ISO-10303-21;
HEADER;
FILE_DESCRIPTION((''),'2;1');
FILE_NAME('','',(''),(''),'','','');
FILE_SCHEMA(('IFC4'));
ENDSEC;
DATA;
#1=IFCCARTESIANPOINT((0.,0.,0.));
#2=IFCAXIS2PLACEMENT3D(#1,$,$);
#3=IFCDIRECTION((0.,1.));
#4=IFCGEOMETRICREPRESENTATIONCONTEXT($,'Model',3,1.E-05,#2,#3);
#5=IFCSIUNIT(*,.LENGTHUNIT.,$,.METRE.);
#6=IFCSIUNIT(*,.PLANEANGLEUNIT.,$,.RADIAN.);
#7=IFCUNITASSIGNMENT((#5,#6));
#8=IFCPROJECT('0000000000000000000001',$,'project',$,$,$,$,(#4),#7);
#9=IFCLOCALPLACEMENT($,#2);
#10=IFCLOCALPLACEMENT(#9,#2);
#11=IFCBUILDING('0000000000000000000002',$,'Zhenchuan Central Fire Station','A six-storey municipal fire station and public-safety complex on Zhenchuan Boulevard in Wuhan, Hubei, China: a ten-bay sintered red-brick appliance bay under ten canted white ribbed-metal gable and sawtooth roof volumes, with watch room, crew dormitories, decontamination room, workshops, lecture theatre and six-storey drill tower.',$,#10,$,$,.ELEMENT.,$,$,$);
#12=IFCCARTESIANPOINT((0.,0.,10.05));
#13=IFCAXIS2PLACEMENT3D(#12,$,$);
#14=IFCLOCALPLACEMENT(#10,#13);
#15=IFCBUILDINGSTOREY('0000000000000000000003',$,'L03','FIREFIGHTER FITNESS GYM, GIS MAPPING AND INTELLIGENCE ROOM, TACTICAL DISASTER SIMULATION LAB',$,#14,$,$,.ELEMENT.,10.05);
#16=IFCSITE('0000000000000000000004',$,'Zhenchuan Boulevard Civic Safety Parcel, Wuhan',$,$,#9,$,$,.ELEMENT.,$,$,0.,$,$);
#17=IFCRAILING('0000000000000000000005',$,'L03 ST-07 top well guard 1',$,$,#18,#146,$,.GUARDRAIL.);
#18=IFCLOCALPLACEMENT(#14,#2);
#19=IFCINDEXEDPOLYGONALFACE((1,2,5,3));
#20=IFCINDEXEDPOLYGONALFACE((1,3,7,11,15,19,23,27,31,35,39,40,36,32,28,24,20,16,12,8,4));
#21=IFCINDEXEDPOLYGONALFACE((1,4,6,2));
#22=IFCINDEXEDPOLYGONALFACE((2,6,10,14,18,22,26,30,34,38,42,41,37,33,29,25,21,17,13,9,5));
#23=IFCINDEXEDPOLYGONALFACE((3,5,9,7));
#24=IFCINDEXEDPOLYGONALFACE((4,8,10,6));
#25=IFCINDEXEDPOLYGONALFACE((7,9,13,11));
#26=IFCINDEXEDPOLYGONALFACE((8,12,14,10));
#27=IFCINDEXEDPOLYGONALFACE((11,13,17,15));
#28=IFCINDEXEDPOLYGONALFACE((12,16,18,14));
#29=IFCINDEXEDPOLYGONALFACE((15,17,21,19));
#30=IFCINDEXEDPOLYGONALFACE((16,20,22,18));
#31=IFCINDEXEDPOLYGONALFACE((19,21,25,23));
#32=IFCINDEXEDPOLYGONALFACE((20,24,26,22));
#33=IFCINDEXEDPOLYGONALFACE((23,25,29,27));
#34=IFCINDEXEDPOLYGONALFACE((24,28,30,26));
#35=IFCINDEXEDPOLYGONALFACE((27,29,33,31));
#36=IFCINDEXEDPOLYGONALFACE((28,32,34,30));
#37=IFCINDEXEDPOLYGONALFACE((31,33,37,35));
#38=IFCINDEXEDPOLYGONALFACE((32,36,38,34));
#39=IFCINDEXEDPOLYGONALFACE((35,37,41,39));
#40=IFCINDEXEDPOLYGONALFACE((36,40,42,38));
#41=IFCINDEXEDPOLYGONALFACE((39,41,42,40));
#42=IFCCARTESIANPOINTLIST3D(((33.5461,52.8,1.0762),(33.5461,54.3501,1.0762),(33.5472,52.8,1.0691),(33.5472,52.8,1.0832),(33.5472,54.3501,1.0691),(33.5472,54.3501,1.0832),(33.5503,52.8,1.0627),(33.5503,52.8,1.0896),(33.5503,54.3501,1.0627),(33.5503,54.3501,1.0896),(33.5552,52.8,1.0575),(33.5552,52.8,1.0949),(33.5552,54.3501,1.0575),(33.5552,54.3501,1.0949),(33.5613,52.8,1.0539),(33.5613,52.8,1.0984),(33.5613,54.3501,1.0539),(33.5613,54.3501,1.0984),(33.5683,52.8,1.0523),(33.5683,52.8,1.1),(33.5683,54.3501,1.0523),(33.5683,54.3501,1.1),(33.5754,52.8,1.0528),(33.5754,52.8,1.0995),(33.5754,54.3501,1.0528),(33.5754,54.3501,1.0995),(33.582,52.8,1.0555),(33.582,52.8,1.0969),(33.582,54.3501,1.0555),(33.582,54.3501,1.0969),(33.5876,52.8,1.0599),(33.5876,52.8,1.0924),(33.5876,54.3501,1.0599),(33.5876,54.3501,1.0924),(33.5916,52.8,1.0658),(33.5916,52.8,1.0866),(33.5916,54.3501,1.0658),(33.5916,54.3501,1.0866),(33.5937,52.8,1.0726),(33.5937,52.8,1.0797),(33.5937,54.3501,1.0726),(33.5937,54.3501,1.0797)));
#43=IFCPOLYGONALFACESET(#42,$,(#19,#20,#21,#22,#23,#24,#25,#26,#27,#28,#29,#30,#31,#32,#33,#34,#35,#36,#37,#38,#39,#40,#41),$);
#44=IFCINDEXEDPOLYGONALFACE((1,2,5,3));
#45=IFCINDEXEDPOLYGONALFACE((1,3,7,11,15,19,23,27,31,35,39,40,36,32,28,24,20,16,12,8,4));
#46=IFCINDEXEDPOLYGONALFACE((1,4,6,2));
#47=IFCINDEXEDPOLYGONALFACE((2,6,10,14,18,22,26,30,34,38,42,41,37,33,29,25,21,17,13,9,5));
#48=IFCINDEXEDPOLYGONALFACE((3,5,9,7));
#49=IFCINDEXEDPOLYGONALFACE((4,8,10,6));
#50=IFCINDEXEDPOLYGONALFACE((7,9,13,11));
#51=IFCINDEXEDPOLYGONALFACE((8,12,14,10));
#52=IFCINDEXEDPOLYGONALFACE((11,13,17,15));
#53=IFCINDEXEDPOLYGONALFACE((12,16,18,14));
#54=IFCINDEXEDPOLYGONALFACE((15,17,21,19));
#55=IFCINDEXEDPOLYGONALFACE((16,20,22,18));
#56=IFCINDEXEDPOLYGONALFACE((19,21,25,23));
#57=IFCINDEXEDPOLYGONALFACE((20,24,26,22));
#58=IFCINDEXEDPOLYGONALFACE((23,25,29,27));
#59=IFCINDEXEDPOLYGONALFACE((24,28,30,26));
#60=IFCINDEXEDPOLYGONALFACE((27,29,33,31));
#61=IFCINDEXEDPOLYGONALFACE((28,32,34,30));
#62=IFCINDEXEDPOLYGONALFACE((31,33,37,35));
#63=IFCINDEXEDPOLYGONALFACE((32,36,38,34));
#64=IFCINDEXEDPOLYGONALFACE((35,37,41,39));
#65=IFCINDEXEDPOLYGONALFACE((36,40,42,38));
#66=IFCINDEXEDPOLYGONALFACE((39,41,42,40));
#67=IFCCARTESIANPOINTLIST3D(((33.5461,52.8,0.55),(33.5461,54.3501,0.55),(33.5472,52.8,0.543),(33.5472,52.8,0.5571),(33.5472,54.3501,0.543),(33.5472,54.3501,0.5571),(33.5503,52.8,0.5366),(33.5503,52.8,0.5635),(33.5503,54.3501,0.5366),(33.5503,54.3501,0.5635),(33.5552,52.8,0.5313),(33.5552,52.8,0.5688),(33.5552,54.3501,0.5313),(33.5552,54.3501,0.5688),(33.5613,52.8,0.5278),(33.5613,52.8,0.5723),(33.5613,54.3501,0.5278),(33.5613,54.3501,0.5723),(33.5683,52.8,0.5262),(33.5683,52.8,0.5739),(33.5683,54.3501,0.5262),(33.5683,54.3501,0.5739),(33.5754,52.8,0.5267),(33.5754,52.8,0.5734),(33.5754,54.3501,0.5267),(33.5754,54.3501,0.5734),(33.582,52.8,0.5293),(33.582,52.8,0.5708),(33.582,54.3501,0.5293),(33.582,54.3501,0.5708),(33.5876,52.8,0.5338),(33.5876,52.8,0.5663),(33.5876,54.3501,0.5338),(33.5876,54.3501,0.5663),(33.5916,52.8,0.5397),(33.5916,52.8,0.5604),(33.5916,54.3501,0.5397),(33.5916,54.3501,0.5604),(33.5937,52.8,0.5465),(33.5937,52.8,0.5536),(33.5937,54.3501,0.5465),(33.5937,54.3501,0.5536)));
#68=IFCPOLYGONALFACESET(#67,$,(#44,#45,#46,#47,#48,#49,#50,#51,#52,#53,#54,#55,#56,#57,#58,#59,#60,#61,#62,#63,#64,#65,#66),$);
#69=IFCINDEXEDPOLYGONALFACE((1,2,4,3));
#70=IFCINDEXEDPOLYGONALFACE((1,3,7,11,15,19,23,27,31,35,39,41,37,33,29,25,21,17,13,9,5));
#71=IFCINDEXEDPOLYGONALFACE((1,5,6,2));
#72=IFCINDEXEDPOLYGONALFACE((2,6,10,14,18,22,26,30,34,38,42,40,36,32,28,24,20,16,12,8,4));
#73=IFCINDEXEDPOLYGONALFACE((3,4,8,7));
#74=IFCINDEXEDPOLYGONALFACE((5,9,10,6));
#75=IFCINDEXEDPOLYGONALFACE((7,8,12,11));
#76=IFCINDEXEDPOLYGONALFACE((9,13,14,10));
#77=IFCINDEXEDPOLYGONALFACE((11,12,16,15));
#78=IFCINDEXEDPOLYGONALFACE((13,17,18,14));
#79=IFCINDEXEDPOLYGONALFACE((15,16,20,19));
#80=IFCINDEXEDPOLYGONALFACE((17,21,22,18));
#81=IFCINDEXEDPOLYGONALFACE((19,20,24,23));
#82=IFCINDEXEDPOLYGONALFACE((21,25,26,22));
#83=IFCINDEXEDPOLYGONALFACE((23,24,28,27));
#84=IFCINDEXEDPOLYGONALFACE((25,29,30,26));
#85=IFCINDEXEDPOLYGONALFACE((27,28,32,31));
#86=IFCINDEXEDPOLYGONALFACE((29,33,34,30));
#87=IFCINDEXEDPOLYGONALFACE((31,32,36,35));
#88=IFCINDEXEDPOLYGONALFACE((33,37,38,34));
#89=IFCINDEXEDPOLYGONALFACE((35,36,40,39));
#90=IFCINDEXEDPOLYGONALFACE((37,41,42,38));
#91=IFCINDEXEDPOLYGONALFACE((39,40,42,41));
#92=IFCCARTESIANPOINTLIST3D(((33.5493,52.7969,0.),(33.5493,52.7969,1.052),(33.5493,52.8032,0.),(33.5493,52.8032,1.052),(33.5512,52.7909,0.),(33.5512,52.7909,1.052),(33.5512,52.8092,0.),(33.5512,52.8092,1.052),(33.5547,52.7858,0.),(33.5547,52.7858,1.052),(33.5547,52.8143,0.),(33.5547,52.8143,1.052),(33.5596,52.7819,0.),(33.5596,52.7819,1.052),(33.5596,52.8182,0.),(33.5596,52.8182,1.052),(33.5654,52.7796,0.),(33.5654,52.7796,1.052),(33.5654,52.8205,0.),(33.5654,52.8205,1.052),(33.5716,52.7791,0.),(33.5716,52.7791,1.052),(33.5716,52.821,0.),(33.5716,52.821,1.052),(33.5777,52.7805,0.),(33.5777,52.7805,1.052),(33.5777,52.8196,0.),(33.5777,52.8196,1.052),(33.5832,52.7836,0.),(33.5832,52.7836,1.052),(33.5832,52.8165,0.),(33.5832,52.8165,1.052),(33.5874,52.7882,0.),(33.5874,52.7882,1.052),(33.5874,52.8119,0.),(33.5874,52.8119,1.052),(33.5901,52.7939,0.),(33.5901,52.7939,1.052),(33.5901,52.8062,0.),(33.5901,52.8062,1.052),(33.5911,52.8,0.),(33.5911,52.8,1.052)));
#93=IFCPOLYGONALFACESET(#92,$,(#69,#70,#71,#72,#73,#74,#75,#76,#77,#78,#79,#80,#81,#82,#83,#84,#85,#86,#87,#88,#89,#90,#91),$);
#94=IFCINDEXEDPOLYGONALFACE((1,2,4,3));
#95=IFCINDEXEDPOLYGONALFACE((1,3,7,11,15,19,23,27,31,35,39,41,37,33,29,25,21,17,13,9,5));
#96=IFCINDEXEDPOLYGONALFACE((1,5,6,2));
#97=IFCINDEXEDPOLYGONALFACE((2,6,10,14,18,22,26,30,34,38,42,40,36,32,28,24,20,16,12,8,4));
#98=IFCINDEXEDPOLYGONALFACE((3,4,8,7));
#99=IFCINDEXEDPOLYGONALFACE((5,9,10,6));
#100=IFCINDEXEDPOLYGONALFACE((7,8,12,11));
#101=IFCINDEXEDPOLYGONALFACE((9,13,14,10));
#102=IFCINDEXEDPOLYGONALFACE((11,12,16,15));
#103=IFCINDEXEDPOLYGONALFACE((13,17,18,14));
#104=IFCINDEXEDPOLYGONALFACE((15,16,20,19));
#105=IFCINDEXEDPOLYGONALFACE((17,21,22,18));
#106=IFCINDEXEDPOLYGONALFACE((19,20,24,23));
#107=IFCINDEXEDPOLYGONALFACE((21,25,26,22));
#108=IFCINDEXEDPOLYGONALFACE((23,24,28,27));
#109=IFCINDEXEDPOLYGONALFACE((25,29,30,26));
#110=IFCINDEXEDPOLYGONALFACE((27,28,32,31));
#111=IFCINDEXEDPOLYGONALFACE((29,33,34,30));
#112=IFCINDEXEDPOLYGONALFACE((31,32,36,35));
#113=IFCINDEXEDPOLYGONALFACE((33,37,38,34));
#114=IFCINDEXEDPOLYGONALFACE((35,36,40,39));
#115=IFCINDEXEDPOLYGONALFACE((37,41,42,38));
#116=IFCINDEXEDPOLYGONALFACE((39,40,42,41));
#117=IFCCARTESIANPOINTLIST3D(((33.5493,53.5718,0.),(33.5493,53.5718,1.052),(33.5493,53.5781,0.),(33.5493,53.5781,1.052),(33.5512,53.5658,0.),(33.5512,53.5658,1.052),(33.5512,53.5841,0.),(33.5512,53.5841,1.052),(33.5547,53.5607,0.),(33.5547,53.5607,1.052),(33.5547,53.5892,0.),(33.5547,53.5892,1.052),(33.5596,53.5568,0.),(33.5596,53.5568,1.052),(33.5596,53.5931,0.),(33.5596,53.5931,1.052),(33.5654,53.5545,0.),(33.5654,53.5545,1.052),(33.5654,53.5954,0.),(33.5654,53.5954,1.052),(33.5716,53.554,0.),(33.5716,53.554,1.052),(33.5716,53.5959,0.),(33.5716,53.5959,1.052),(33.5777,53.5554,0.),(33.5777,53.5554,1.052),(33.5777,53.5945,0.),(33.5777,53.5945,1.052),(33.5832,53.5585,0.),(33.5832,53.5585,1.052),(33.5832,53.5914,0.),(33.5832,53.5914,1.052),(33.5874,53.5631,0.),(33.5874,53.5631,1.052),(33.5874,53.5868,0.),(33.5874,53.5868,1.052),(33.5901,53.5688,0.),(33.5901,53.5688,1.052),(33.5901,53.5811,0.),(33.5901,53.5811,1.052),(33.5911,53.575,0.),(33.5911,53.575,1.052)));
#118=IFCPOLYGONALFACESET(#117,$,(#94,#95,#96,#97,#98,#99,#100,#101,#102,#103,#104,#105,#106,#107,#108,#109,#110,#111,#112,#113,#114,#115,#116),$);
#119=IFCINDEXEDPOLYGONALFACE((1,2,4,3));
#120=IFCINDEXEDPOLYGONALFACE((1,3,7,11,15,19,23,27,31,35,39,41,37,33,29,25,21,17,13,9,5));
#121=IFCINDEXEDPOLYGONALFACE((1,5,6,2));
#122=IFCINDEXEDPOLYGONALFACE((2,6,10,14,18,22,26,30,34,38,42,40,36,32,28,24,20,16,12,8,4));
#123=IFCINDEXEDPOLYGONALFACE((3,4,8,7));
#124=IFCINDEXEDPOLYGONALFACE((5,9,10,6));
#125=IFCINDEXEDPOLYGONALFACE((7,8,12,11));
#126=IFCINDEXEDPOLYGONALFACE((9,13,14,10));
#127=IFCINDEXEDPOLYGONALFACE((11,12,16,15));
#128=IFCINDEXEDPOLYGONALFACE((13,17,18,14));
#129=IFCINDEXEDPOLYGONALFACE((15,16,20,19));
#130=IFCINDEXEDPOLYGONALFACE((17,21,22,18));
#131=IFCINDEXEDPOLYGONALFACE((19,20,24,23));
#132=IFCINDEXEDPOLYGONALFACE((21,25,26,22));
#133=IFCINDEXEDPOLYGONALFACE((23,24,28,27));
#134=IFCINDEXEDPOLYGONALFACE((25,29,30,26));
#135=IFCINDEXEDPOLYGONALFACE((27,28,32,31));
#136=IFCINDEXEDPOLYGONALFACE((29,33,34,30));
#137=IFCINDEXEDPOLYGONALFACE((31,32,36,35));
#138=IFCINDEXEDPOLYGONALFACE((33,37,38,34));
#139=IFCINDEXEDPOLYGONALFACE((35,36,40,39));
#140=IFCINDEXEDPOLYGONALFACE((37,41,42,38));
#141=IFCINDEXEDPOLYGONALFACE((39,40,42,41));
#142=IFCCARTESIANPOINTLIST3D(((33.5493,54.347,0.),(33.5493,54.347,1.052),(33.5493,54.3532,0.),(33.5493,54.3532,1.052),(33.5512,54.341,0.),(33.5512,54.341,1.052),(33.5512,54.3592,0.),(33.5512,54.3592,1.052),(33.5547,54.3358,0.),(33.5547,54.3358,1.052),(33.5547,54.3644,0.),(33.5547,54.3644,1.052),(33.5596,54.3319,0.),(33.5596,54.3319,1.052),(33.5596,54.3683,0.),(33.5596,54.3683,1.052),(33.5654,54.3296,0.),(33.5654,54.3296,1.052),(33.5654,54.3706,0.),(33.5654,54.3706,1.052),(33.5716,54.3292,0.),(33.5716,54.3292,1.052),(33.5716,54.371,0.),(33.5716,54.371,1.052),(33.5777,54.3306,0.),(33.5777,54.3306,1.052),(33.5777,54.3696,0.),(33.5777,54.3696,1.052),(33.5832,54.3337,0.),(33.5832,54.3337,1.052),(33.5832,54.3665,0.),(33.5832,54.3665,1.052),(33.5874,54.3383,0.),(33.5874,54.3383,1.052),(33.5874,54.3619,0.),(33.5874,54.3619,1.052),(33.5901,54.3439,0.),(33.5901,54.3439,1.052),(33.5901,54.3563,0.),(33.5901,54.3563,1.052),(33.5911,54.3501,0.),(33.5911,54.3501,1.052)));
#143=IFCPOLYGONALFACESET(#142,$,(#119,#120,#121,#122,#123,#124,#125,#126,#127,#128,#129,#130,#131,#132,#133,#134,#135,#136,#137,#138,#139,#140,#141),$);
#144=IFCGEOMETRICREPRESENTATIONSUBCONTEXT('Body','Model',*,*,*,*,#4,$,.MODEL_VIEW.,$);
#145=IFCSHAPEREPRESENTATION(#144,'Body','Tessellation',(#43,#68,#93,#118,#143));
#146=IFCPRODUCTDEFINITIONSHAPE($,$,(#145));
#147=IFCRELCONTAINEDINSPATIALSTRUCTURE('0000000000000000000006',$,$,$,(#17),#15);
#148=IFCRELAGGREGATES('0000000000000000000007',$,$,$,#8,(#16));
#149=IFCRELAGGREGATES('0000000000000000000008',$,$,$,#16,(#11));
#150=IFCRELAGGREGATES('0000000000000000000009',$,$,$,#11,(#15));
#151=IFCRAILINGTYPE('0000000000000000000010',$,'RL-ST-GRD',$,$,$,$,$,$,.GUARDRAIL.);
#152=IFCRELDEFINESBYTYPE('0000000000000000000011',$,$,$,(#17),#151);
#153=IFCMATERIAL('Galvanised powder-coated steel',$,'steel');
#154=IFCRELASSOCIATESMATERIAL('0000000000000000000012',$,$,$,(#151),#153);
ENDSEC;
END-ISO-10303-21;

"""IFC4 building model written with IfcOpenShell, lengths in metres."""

from ifc_helpers import new_model, si_unit, direction, frame, origin, origin_2d, place, context, subcontext, project, spatial, circle, extrude, material, type_object, element, save


model = new_model("IFC4")

# Units and contexts
model_context = context("Model", 3, precision=1e-05, world=origin(), true_north=direction((0.0, 1.0)))
body_context = subcontext(model_context, "Body", "Model", "MODEL_VIEW")
ifc_project = project(units=[si_unit("LENGTHUNIT", "METRE"), si_unit("PLANEANGLEUNIT", "RADIAN")], contexts=[model_context])

# Site, building, storey
site_placement = place(None, origin())
site = spatial("IfcSite", under=ifc_project, at=site_placement, Name="Zhenchuan Boulevard Civic Safety Parcel, Wuhan", CompositionType="ELEMENT", RefElevation=0.0)
building_placement = place(site_placement, origin())
building = spatial("IfcBuilding", under=site, at=building_placement, Name="Zhenchuan Central Fire Station", Description="A six-storey municipal fire station and public-safety complex on Zhenchuan Boulevard in Wuhan, Hubei, China: a ten-bay sintered red-brick appliance bay under ten canted white ribbed-metal gable and sawtooth roof volumes, with watch room, crew dormitories, decontamination room, workshops, lecture theatre and six-storey drill tower.", CompositionType="ELEMENT")
storey_placement = place(building_placement, frame((0.0, 0.0, 10.05)))
storey = spatial("IfcBuildingStorey", under=building, at=storey_placement, Name="L03", Description="FIREFIGHTER FITNESS GYM, GIS MAPPING AND INTELLIGENCE ROOM, TACTICAL DISASTER SIMULATION LAB", CompositionType="ELEMENT", Elevation=10.05)

# Railing
ifc_material_1 = material(Name="Galvanised powder-coated steel", Category="steel")
railing_type = type_object("IfcRailingType", Name="RL-ST-GRD", PredefinedType="GUARDRAIL", material=ifc_material_1)
railing_placement = place(storey_placement, frame((33.5701, 52.8, 0.0)))
element("IfcRailing", 1, at=railing_placement, inside=storey, type_object=railing_type, Name="L03 ST-07 top well guard 1", PredefinedType="GUARDRAIL", context=body_context, shape_type="SweptSolid", body=[
    extrude(circle(Radius=0.0239, at=origin_2d()), frame((0.0, 0.0, 1.0762), z_axis=(0.0, 1.0, 0.0), x_axis=(-1.0, 0.0, 0.0)), (0.0, 0.0, 1.0), 1.55),
    extrude(circle(Radius=0.0239, at=origin_2d()), frame((0.0, 0.0, 0.55), z_axis=(0.0, 1.0, 0.0), x_axis=(-1.0, 0.0, 0.0)), (0.0, 0.0, 1.0), 1.55),
    extrude(circle(Radius=0.021, at=origin_2d()), origin(), (0.0, 0.0, 1.0), 1.052),
    extrude(circle(Radius=0.021, at=origin_2d()), frame((0.0, 0.7749, 0.0)), (0.0, 0.0, 1.0), 1.052),
    extrude(circle(Radius=0.021, at=origin_2d()), frame((0.0, 1.55, 0.0)), (0.0, 0.0, 1.0), 1.052),
])

save(model, "model.ifc")
